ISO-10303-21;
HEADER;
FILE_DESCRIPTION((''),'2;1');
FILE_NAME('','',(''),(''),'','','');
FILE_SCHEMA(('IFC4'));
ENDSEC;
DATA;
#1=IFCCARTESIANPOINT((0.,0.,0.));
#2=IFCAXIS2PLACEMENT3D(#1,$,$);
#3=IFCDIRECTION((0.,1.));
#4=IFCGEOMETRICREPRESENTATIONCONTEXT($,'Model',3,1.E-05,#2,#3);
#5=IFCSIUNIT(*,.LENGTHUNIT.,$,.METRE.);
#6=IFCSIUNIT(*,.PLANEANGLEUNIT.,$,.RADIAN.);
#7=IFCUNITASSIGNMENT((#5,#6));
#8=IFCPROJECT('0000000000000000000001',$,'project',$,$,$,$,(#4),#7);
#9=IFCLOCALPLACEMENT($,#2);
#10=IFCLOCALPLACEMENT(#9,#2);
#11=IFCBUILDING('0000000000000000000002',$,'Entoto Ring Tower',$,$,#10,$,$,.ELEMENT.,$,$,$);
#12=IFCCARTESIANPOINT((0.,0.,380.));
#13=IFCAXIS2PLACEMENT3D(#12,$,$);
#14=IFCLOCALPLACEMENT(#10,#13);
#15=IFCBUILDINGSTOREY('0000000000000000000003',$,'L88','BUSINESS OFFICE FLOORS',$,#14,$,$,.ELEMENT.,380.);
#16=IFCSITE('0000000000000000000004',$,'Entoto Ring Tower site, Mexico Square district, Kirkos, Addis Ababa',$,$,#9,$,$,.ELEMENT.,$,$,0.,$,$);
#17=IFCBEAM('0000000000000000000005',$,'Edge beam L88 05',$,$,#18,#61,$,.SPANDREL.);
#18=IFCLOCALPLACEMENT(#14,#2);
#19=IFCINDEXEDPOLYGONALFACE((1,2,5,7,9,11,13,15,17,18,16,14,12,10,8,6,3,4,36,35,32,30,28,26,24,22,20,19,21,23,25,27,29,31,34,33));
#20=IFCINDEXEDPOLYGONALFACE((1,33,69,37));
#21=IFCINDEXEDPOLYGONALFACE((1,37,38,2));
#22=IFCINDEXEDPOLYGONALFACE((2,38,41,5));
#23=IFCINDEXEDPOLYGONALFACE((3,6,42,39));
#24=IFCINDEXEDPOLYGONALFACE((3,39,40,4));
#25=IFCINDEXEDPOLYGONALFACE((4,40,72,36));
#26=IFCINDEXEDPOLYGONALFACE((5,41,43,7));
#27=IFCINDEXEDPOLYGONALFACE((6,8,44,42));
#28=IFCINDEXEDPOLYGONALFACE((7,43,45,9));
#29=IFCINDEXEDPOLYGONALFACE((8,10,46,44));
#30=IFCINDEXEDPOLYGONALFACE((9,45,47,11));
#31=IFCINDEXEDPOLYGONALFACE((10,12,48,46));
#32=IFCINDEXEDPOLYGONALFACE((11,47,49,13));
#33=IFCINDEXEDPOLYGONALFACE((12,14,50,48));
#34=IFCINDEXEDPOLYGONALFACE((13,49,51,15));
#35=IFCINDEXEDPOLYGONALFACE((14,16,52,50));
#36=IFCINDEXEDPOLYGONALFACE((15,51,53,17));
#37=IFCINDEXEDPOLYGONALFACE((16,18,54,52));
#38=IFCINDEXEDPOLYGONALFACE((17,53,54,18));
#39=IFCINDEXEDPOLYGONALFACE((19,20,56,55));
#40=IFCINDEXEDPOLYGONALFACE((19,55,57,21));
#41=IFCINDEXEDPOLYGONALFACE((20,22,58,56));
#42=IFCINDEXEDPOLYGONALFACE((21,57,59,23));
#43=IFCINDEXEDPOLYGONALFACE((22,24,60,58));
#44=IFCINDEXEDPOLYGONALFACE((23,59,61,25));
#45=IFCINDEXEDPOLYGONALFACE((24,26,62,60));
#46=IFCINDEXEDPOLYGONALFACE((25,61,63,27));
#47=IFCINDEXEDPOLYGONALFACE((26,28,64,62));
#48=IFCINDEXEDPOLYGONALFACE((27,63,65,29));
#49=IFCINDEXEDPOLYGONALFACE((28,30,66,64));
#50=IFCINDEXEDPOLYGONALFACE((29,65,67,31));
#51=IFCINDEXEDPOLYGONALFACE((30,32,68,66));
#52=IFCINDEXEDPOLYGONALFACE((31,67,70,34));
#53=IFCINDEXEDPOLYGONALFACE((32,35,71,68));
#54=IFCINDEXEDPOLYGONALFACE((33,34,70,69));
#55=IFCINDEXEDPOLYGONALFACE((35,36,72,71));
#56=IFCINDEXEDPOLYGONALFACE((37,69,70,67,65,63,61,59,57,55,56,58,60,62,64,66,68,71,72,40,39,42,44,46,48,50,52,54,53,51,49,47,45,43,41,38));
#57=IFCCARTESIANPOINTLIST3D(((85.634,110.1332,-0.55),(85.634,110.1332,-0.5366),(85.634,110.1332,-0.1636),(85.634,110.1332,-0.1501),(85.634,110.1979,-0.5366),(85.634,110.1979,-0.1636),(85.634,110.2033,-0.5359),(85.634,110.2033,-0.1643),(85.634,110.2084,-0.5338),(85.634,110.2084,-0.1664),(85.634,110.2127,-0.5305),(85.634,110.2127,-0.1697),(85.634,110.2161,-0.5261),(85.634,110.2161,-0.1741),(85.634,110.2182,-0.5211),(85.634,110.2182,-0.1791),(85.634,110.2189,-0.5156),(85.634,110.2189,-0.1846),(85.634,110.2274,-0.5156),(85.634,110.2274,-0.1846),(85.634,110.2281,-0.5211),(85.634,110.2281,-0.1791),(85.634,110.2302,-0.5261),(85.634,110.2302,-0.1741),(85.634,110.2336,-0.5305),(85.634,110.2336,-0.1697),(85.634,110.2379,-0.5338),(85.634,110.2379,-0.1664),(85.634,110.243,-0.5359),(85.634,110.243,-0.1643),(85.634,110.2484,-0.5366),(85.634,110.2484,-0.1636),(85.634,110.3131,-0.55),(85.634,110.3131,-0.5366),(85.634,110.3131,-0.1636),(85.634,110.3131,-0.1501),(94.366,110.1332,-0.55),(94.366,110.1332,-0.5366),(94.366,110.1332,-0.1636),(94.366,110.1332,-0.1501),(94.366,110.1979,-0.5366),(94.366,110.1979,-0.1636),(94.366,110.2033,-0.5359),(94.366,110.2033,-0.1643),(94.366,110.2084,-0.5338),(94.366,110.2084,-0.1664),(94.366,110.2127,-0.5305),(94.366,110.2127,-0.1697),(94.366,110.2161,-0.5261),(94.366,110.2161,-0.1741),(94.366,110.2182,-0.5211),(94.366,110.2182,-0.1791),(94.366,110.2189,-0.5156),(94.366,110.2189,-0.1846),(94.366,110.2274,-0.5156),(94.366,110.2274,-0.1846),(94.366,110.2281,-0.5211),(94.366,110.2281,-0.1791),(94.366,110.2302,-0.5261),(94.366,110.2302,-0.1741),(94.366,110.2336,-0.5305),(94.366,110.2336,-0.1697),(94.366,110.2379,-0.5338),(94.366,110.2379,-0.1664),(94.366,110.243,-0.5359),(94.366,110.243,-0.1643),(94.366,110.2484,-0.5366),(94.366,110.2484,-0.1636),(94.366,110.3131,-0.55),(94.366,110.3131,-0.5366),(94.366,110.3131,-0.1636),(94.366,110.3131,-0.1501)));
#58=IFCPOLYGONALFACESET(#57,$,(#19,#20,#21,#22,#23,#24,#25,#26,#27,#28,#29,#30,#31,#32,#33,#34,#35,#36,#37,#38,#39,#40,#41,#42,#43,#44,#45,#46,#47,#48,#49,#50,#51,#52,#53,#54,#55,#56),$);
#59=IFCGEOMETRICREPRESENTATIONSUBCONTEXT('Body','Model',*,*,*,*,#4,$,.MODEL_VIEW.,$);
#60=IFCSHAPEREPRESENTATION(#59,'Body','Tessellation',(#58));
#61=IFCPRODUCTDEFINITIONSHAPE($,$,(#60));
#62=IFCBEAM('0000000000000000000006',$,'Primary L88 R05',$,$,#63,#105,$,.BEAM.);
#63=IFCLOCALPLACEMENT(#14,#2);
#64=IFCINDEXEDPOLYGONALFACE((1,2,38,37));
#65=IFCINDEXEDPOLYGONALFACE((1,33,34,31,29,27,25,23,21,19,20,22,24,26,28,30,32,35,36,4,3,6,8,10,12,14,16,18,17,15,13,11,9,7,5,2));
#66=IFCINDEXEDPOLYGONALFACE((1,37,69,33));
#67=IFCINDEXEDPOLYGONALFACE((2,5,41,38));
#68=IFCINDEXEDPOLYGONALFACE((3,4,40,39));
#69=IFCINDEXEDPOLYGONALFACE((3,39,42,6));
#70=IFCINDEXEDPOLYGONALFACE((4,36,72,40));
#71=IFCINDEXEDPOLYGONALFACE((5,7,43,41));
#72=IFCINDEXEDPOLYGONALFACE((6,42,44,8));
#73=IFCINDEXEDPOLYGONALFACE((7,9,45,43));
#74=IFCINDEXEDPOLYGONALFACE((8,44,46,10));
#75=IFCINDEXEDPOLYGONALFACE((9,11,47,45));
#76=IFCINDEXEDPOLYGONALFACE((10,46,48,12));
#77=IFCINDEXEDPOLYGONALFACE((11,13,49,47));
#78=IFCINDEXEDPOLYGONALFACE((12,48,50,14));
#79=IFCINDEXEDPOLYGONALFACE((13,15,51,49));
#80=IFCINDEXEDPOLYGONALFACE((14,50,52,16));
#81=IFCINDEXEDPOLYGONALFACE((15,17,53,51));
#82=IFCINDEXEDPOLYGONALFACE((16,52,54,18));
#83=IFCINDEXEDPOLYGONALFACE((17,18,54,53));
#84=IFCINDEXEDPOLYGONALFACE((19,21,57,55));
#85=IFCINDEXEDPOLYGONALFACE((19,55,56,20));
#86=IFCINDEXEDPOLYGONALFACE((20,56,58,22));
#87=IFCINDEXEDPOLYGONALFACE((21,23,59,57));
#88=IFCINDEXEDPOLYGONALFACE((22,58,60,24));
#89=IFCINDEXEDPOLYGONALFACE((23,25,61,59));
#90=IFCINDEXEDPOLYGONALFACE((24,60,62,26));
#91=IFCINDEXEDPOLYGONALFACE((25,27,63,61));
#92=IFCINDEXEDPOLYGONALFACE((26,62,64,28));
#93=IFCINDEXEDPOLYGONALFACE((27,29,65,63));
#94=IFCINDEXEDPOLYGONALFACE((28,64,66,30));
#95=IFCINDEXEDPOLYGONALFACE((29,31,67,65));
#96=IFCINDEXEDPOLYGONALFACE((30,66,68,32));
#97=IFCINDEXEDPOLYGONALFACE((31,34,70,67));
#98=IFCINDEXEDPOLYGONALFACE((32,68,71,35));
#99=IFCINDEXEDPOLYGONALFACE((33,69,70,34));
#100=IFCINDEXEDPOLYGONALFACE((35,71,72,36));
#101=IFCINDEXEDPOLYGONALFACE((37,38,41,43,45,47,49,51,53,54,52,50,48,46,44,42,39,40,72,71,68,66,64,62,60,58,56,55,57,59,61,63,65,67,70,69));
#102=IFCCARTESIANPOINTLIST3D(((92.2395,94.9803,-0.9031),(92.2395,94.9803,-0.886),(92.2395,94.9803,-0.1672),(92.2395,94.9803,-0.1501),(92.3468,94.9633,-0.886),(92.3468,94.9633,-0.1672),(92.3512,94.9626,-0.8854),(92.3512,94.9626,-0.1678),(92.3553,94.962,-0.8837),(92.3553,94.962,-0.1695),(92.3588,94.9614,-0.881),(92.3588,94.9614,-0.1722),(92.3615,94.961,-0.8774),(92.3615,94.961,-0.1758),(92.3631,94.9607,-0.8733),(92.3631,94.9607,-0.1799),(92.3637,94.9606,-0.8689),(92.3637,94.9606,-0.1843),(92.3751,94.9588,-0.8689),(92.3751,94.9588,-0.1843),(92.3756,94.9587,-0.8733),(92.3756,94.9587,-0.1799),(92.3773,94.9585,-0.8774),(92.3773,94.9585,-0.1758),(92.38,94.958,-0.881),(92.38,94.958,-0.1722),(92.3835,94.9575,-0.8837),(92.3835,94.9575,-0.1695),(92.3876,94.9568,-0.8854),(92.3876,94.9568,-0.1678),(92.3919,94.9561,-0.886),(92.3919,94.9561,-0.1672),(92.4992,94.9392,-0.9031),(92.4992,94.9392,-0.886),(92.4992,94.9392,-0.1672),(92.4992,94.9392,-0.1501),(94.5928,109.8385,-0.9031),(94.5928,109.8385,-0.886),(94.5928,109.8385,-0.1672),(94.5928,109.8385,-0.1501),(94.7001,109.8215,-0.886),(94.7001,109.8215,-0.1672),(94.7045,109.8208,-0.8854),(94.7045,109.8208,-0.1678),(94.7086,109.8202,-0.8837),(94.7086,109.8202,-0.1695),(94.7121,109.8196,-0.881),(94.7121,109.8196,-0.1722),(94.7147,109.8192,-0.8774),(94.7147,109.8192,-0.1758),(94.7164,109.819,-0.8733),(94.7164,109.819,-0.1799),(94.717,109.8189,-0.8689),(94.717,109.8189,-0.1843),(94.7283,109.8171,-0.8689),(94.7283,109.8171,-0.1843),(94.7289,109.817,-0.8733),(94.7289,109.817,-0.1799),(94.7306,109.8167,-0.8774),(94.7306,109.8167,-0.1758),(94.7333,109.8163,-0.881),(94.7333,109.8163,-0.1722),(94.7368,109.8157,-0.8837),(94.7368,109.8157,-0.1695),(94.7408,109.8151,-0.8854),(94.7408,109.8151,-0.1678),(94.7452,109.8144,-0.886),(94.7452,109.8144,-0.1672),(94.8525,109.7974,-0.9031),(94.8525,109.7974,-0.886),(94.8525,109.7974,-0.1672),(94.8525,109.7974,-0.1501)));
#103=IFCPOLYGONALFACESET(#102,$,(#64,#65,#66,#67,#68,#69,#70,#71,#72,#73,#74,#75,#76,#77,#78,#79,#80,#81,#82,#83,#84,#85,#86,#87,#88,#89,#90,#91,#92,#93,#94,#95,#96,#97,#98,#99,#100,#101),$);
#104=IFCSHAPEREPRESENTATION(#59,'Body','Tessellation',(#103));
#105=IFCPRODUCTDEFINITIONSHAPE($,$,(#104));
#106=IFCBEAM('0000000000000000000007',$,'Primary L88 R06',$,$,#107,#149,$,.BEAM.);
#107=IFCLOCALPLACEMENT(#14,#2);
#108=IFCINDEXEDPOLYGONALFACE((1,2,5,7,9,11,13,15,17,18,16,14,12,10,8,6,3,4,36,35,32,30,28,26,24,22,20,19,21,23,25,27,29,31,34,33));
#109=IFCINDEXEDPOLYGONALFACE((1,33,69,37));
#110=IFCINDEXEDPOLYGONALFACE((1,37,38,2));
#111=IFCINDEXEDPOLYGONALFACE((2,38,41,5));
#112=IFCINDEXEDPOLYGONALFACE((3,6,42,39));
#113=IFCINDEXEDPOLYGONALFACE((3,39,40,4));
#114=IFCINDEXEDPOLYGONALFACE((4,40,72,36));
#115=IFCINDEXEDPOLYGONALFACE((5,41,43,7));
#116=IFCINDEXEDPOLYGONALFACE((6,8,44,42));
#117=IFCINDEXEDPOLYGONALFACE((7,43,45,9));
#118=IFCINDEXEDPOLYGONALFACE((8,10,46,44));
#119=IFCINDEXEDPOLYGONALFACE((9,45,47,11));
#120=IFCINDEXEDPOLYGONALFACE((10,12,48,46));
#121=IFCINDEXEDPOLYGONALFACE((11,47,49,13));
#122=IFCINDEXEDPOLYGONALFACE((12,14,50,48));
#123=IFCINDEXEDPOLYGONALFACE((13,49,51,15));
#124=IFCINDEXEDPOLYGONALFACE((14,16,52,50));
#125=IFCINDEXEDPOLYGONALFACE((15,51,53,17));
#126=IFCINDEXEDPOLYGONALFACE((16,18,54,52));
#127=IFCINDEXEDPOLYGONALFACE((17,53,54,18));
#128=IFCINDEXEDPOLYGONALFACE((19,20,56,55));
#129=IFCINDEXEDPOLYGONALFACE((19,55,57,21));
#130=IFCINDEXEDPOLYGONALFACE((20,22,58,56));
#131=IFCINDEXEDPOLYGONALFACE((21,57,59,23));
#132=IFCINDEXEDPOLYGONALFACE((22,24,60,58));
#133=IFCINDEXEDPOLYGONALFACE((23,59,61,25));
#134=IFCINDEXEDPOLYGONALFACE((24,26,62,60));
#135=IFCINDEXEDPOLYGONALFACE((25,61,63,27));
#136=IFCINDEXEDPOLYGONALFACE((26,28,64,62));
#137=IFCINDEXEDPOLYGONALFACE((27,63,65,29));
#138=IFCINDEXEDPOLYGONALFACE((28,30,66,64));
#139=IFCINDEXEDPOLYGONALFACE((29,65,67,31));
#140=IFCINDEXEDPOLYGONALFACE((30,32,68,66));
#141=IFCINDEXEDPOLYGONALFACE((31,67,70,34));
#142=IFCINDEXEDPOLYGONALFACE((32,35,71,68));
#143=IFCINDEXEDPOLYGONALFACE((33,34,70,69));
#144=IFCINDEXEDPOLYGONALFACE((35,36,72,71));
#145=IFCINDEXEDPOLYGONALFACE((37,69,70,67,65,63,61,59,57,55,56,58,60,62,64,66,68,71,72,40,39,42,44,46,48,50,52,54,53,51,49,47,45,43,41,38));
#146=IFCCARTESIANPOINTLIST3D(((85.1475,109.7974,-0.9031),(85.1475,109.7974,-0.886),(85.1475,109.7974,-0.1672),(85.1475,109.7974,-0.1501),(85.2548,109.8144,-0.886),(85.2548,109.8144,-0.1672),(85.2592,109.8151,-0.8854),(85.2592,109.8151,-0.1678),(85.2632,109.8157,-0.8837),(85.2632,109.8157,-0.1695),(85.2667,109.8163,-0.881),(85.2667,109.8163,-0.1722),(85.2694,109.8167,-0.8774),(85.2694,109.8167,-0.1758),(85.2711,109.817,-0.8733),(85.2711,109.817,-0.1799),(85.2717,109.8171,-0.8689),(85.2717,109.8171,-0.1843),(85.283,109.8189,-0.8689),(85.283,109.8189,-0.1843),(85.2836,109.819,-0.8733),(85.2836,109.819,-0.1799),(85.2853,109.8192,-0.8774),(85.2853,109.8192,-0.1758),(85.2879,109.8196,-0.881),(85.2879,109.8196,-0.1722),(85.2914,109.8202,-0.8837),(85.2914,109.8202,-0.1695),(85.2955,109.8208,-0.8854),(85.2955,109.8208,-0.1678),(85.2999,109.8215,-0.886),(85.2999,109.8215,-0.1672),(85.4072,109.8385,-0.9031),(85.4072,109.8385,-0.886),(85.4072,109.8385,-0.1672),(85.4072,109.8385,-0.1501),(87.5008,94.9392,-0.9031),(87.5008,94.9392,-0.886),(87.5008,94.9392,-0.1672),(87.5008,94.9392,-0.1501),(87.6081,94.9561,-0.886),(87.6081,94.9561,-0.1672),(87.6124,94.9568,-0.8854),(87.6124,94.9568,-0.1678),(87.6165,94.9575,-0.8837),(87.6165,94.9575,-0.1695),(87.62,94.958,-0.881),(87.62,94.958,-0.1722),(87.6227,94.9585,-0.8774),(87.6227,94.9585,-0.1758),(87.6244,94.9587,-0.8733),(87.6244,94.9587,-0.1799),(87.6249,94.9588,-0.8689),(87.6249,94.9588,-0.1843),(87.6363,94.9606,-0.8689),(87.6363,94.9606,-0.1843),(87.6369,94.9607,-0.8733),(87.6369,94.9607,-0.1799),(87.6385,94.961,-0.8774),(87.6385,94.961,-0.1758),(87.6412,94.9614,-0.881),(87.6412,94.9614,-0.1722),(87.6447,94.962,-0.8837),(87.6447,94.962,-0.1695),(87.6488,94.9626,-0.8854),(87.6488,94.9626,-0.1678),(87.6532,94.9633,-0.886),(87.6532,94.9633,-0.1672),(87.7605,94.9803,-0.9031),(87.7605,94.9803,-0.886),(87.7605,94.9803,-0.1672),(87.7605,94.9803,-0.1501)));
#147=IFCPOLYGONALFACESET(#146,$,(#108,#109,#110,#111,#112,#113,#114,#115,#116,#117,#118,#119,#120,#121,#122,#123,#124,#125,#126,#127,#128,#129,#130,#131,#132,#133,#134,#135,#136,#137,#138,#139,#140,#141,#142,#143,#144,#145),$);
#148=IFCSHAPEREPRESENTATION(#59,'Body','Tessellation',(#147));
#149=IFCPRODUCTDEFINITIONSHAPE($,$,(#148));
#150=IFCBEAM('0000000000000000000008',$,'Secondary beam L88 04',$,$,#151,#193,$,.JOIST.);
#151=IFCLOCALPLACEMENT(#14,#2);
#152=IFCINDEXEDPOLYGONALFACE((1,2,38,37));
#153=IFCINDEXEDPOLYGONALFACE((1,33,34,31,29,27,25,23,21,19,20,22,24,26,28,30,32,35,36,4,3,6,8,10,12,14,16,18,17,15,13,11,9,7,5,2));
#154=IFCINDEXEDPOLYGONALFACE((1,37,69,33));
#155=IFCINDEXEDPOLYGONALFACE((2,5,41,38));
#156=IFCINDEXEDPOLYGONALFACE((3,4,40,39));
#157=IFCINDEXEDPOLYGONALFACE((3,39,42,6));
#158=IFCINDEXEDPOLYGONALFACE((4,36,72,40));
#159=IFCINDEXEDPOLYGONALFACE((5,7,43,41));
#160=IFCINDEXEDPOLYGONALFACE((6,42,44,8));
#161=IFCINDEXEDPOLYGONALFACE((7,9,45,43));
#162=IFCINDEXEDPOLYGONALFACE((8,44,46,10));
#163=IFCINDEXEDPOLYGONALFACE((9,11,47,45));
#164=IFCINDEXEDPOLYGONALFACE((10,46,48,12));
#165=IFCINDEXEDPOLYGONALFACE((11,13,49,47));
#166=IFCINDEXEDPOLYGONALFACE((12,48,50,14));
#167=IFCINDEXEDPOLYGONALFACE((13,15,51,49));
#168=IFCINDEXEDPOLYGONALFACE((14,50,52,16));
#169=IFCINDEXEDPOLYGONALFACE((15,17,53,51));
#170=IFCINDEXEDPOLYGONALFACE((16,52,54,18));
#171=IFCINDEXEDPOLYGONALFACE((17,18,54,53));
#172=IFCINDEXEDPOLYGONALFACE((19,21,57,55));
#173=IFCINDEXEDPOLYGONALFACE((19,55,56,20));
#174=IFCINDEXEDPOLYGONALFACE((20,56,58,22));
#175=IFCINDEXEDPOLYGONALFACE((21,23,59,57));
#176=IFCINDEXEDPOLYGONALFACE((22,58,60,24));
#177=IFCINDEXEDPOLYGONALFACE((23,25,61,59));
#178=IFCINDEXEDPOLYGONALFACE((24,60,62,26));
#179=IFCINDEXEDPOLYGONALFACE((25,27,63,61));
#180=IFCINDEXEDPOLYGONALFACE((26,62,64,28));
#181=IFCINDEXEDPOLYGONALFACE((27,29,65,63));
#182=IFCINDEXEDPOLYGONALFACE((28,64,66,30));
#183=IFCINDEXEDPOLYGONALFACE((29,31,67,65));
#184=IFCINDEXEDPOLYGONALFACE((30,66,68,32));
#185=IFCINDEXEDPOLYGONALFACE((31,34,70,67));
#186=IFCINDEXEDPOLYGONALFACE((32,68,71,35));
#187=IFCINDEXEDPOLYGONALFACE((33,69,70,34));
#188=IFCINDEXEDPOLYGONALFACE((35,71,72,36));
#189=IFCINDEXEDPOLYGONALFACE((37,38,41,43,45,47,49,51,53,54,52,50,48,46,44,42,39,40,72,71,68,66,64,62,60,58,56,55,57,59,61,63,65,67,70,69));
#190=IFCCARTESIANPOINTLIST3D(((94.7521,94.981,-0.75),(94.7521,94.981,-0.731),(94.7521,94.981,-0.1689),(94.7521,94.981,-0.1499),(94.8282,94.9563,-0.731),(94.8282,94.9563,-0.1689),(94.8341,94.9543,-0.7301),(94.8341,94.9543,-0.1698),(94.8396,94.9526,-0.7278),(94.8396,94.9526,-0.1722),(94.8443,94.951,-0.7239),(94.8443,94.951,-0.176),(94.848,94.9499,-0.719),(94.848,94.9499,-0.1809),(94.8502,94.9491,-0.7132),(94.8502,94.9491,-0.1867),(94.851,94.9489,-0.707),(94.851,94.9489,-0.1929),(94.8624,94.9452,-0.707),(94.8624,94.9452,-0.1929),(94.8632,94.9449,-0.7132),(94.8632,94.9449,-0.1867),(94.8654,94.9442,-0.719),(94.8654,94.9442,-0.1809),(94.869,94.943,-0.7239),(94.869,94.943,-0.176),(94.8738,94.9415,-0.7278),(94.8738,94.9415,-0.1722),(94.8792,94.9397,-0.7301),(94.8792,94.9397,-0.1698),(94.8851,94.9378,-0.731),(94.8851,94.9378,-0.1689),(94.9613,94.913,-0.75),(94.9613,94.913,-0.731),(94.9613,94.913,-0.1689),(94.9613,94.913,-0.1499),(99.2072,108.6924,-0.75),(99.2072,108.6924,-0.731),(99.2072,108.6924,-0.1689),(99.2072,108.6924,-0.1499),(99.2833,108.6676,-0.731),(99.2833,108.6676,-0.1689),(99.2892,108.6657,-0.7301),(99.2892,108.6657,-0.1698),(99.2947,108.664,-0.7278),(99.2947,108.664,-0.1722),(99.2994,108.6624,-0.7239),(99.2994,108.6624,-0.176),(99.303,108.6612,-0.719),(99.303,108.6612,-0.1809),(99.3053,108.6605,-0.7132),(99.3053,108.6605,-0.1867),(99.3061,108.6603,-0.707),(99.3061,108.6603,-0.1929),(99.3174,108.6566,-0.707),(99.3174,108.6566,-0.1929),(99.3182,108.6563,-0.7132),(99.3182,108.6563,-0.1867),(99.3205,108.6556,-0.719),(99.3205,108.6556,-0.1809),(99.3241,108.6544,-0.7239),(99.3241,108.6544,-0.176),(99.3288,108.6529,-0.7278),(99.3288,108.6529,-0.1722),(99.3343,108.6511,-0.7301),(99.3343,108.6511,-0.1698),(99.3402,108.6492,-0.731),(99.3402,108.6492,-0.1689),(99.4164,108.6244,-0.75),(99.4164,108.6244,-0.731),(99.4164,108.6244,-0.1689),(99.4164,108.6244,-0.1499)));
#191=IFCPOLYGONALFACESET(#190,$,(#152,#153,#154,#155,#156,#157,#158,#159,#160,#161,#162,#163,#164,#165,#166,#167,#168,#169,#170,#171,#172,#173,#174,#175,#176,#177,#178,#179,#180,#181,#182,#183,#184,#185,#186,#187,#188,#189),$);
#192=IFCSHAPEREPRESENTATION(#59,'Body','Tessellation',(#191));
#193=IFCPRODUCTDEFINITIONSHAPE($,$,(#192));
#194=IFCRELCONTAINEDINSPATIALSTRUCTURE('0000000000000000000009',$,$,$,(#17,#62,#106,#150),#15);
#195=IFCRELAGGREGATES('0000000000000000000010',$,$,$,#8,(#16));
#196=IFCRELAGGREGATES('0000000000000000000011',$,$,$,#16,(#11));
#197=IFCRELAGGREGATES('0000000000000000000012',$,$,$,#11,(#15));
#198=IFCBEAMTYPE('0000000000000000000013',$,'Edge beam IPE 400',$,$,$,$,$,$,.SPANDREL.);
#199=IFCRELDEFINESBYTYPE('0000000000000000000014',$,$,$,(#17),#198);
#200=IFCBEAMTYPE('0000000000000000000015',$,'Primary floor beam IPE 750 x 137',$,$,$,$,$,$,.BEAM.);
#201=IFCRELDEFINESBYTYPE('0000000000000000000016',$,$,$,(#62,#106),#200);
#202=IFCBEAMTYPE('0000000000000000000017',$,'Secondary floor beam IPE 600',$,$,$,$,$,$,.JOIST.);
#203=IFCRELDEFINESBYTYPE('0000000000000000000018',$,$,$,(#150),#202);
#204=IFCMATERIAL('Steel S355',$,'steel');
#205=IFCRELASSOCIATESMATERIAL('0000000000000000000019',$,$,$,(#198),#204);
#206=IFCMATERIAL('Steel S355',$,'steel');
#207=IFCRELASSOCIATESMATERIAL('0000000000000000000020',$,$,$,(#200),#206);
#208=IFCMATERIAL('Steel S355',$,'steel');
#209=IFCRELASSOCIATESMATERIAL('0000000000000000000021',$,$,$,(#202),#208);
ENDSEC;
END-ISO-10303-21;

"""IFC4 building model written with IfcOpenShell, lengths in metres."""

from ifc_helpers import new_model, si_unit, direction, frame, origin, origin_2d, place, context, subcontext, project, spatial, i_section, extrude, material, material_profile, profile_set, type_object, element, save


model = new_model("IFC4")

# Units and contexts
model_context = context("Model", 3, precision=1e-05, world=origin(), true_north=direction((0.0, 1.0)))
body_context = subcontext(model_context, "Body", "Model", "MODEL_VIEW")
ifc_project = project(units=[si_unit("LENGTHUNIT", "METRE"), si_unit("PLANEANGLEUNIT", "RADIAN")], contexts=[model_context])

# Site, building, storey
site_placement = place(None, origin())
site = spatial("IfcSite", under=ifc_project, at=site_placement, Name="Entoto Ring Tower site, Mexico Square district, Kirkos, Addis Ababa", CompositionType="ELEMENT", RefElevation=0.0)
building_placement = place(site_placement, origin())
building = spatial("IfcBuilding", under=site, at=building_placement, Name="Entoto Ring Tower", CompositionType="ELEMENT")
storey_placement = place(building_placement, frame((0.0, 0.0, 380.0)))
storey = spatial("IfcBuildingStorey", under=building, at=storey_placement, Name="L88", Description="BUSINESS OFFICE FLOORS", CompositionType="ELEMENT", Elevation=380.0)

# Beams
ifc_material_1 = material(Name="Steel S355", Category="steel")
ifc_material_profile_1 = material_profile(ifc_material_1, i_section(OverallWidth=0.1799, OverallDepth=0.3999, WebThickness=0.0085, FlangeThickness=0.0134, FilletRadius=0.021, at=origin_2d()), Name="IPE 400")
ifc_profile_set_1 = profile_set([ifc_material_profile_1], Name="Steel S355")
beam_type_1 = type_object("IfcBeamType", Name="Edge beam IPE 400", PredefinedType="SPANDREL", material=ifc_profile_set_1)
beam_1_placement = place(storey_placement, frame((94.366, 110.2231, -0.3501), z_axis=(-1.0, 0.0, 0.0), x_axis=(0.0, -1.0, 0.0)))
element("IfcBeam", 1, at=beam_1_placement, inside=storey, type_object=beam_type_1, Name="Edge beam L88 05", PredefinedType="SPANDREL", context=body_context, shape_type="SweptSolid", body=[
    extrude(i_section(OverallWidth=0.1799, OverallDepth=0.3999, WebThickness=0.0085, FlangeThickness=0.0134, FilletRadius=0.021, at=origin_2d()), origin(), (0.0, 0.0, 1.0), 8.7319),
])
ifc_material_2 = material(Name="Steel S355", Category="steel")
ifc_material_profile_2 = material_profile(ifc_material_2, i_section(OverallWidth=0.2629, OverallDepth=0.7529, WebThickness=0.0115, FlangeThickness=0.0171, FilletRadius=0.0171, at=origin_2d()), Name="IPE 750 x 137")
ifc_profile_set_2 = profile_set([ifc_material_profile_2], Name="Steel S355")
beam_type_2 = type_object("IfcBeamType", Name="Primary floor beam IPE 750 x 137", PredefinedType="BEAM", material=ifc_profile_set_2)
for number, where, z_axis, x_axis, name in (
    (2, (92.3694, 94.9597, -0.5266), (0.156433, 0.987689, 0.0), (-0.987689, 0.156433, 0.0), "Primary L88 R05"),
    (3, (87.6306, 94.9597, -0.5266), (-0.156433, 0.987689, 0.0), (-0.987689, -0.156433, 0.0), "Primary L88 R06"),
):
    element("IfcBeam", number, at=place(storey_placement, frame(where, z_axis=z_axis, x_axis=x_axis)), inside=storey, type_object=beam_type_2, Name=name, PredefinedType="BEAM", context=body_context, shape_type="SweptSolid", body=[
        extrude(i_section(OverallWidth=0.2629, OverallDepth=0.7529, WebThickness=0.0115, FlangeThickness=0.0171, FilletRadius=0.0171, at=origin_2d()), origin(), (0.0, 0.0, 1.0), 15.0435),
    ])
ifc_material_3 = material(Name="Steel S355", Category="steel")
ifc_material_profile_3 = material_profile(ifc_material_3, i_section(OverallWidth=0.22, OverallDepth=0.6001, WebThickness=0.012, FlangeThickness=0.019, FilletRadius=0.0239, at=origin_2d()), Name="IPE 600")
ifc_profile_set_3 = profile_set([ifc_material_profile_3], Name="Steel S355")
beam_type_3 = type_object("IfcBeamType", Name="Secondary floor beam IPE 600", PredefinedType="JOIST", material=ifc_profile_set_3)
beam_2_placement = place(storey_placement, frame((94.8567, 94.947, -0.45), z_axis=(0.309015, 0.951057, 0.0), x_axis=(-0.951057, 0.309015, 0.0)))
element("IfcBeam", 4, at=beam_2_placement, inside=storey, type_object=beam_type_3, Name="Secondary beam L88 04", PredefinedType="JOIST", context=body_context, shape_type="SweptSolid", body=[
    extrude(i_section(OverallWidth=0.22, OverallDepth=0.6001, WebThickness=0.012, FlangeThickness=0.019, FilletRadius=0.0239, at=origin_2d()), origin(), (0.0, 0.0, 1.0), 14.417),
])

save(model, "model.ifc")
